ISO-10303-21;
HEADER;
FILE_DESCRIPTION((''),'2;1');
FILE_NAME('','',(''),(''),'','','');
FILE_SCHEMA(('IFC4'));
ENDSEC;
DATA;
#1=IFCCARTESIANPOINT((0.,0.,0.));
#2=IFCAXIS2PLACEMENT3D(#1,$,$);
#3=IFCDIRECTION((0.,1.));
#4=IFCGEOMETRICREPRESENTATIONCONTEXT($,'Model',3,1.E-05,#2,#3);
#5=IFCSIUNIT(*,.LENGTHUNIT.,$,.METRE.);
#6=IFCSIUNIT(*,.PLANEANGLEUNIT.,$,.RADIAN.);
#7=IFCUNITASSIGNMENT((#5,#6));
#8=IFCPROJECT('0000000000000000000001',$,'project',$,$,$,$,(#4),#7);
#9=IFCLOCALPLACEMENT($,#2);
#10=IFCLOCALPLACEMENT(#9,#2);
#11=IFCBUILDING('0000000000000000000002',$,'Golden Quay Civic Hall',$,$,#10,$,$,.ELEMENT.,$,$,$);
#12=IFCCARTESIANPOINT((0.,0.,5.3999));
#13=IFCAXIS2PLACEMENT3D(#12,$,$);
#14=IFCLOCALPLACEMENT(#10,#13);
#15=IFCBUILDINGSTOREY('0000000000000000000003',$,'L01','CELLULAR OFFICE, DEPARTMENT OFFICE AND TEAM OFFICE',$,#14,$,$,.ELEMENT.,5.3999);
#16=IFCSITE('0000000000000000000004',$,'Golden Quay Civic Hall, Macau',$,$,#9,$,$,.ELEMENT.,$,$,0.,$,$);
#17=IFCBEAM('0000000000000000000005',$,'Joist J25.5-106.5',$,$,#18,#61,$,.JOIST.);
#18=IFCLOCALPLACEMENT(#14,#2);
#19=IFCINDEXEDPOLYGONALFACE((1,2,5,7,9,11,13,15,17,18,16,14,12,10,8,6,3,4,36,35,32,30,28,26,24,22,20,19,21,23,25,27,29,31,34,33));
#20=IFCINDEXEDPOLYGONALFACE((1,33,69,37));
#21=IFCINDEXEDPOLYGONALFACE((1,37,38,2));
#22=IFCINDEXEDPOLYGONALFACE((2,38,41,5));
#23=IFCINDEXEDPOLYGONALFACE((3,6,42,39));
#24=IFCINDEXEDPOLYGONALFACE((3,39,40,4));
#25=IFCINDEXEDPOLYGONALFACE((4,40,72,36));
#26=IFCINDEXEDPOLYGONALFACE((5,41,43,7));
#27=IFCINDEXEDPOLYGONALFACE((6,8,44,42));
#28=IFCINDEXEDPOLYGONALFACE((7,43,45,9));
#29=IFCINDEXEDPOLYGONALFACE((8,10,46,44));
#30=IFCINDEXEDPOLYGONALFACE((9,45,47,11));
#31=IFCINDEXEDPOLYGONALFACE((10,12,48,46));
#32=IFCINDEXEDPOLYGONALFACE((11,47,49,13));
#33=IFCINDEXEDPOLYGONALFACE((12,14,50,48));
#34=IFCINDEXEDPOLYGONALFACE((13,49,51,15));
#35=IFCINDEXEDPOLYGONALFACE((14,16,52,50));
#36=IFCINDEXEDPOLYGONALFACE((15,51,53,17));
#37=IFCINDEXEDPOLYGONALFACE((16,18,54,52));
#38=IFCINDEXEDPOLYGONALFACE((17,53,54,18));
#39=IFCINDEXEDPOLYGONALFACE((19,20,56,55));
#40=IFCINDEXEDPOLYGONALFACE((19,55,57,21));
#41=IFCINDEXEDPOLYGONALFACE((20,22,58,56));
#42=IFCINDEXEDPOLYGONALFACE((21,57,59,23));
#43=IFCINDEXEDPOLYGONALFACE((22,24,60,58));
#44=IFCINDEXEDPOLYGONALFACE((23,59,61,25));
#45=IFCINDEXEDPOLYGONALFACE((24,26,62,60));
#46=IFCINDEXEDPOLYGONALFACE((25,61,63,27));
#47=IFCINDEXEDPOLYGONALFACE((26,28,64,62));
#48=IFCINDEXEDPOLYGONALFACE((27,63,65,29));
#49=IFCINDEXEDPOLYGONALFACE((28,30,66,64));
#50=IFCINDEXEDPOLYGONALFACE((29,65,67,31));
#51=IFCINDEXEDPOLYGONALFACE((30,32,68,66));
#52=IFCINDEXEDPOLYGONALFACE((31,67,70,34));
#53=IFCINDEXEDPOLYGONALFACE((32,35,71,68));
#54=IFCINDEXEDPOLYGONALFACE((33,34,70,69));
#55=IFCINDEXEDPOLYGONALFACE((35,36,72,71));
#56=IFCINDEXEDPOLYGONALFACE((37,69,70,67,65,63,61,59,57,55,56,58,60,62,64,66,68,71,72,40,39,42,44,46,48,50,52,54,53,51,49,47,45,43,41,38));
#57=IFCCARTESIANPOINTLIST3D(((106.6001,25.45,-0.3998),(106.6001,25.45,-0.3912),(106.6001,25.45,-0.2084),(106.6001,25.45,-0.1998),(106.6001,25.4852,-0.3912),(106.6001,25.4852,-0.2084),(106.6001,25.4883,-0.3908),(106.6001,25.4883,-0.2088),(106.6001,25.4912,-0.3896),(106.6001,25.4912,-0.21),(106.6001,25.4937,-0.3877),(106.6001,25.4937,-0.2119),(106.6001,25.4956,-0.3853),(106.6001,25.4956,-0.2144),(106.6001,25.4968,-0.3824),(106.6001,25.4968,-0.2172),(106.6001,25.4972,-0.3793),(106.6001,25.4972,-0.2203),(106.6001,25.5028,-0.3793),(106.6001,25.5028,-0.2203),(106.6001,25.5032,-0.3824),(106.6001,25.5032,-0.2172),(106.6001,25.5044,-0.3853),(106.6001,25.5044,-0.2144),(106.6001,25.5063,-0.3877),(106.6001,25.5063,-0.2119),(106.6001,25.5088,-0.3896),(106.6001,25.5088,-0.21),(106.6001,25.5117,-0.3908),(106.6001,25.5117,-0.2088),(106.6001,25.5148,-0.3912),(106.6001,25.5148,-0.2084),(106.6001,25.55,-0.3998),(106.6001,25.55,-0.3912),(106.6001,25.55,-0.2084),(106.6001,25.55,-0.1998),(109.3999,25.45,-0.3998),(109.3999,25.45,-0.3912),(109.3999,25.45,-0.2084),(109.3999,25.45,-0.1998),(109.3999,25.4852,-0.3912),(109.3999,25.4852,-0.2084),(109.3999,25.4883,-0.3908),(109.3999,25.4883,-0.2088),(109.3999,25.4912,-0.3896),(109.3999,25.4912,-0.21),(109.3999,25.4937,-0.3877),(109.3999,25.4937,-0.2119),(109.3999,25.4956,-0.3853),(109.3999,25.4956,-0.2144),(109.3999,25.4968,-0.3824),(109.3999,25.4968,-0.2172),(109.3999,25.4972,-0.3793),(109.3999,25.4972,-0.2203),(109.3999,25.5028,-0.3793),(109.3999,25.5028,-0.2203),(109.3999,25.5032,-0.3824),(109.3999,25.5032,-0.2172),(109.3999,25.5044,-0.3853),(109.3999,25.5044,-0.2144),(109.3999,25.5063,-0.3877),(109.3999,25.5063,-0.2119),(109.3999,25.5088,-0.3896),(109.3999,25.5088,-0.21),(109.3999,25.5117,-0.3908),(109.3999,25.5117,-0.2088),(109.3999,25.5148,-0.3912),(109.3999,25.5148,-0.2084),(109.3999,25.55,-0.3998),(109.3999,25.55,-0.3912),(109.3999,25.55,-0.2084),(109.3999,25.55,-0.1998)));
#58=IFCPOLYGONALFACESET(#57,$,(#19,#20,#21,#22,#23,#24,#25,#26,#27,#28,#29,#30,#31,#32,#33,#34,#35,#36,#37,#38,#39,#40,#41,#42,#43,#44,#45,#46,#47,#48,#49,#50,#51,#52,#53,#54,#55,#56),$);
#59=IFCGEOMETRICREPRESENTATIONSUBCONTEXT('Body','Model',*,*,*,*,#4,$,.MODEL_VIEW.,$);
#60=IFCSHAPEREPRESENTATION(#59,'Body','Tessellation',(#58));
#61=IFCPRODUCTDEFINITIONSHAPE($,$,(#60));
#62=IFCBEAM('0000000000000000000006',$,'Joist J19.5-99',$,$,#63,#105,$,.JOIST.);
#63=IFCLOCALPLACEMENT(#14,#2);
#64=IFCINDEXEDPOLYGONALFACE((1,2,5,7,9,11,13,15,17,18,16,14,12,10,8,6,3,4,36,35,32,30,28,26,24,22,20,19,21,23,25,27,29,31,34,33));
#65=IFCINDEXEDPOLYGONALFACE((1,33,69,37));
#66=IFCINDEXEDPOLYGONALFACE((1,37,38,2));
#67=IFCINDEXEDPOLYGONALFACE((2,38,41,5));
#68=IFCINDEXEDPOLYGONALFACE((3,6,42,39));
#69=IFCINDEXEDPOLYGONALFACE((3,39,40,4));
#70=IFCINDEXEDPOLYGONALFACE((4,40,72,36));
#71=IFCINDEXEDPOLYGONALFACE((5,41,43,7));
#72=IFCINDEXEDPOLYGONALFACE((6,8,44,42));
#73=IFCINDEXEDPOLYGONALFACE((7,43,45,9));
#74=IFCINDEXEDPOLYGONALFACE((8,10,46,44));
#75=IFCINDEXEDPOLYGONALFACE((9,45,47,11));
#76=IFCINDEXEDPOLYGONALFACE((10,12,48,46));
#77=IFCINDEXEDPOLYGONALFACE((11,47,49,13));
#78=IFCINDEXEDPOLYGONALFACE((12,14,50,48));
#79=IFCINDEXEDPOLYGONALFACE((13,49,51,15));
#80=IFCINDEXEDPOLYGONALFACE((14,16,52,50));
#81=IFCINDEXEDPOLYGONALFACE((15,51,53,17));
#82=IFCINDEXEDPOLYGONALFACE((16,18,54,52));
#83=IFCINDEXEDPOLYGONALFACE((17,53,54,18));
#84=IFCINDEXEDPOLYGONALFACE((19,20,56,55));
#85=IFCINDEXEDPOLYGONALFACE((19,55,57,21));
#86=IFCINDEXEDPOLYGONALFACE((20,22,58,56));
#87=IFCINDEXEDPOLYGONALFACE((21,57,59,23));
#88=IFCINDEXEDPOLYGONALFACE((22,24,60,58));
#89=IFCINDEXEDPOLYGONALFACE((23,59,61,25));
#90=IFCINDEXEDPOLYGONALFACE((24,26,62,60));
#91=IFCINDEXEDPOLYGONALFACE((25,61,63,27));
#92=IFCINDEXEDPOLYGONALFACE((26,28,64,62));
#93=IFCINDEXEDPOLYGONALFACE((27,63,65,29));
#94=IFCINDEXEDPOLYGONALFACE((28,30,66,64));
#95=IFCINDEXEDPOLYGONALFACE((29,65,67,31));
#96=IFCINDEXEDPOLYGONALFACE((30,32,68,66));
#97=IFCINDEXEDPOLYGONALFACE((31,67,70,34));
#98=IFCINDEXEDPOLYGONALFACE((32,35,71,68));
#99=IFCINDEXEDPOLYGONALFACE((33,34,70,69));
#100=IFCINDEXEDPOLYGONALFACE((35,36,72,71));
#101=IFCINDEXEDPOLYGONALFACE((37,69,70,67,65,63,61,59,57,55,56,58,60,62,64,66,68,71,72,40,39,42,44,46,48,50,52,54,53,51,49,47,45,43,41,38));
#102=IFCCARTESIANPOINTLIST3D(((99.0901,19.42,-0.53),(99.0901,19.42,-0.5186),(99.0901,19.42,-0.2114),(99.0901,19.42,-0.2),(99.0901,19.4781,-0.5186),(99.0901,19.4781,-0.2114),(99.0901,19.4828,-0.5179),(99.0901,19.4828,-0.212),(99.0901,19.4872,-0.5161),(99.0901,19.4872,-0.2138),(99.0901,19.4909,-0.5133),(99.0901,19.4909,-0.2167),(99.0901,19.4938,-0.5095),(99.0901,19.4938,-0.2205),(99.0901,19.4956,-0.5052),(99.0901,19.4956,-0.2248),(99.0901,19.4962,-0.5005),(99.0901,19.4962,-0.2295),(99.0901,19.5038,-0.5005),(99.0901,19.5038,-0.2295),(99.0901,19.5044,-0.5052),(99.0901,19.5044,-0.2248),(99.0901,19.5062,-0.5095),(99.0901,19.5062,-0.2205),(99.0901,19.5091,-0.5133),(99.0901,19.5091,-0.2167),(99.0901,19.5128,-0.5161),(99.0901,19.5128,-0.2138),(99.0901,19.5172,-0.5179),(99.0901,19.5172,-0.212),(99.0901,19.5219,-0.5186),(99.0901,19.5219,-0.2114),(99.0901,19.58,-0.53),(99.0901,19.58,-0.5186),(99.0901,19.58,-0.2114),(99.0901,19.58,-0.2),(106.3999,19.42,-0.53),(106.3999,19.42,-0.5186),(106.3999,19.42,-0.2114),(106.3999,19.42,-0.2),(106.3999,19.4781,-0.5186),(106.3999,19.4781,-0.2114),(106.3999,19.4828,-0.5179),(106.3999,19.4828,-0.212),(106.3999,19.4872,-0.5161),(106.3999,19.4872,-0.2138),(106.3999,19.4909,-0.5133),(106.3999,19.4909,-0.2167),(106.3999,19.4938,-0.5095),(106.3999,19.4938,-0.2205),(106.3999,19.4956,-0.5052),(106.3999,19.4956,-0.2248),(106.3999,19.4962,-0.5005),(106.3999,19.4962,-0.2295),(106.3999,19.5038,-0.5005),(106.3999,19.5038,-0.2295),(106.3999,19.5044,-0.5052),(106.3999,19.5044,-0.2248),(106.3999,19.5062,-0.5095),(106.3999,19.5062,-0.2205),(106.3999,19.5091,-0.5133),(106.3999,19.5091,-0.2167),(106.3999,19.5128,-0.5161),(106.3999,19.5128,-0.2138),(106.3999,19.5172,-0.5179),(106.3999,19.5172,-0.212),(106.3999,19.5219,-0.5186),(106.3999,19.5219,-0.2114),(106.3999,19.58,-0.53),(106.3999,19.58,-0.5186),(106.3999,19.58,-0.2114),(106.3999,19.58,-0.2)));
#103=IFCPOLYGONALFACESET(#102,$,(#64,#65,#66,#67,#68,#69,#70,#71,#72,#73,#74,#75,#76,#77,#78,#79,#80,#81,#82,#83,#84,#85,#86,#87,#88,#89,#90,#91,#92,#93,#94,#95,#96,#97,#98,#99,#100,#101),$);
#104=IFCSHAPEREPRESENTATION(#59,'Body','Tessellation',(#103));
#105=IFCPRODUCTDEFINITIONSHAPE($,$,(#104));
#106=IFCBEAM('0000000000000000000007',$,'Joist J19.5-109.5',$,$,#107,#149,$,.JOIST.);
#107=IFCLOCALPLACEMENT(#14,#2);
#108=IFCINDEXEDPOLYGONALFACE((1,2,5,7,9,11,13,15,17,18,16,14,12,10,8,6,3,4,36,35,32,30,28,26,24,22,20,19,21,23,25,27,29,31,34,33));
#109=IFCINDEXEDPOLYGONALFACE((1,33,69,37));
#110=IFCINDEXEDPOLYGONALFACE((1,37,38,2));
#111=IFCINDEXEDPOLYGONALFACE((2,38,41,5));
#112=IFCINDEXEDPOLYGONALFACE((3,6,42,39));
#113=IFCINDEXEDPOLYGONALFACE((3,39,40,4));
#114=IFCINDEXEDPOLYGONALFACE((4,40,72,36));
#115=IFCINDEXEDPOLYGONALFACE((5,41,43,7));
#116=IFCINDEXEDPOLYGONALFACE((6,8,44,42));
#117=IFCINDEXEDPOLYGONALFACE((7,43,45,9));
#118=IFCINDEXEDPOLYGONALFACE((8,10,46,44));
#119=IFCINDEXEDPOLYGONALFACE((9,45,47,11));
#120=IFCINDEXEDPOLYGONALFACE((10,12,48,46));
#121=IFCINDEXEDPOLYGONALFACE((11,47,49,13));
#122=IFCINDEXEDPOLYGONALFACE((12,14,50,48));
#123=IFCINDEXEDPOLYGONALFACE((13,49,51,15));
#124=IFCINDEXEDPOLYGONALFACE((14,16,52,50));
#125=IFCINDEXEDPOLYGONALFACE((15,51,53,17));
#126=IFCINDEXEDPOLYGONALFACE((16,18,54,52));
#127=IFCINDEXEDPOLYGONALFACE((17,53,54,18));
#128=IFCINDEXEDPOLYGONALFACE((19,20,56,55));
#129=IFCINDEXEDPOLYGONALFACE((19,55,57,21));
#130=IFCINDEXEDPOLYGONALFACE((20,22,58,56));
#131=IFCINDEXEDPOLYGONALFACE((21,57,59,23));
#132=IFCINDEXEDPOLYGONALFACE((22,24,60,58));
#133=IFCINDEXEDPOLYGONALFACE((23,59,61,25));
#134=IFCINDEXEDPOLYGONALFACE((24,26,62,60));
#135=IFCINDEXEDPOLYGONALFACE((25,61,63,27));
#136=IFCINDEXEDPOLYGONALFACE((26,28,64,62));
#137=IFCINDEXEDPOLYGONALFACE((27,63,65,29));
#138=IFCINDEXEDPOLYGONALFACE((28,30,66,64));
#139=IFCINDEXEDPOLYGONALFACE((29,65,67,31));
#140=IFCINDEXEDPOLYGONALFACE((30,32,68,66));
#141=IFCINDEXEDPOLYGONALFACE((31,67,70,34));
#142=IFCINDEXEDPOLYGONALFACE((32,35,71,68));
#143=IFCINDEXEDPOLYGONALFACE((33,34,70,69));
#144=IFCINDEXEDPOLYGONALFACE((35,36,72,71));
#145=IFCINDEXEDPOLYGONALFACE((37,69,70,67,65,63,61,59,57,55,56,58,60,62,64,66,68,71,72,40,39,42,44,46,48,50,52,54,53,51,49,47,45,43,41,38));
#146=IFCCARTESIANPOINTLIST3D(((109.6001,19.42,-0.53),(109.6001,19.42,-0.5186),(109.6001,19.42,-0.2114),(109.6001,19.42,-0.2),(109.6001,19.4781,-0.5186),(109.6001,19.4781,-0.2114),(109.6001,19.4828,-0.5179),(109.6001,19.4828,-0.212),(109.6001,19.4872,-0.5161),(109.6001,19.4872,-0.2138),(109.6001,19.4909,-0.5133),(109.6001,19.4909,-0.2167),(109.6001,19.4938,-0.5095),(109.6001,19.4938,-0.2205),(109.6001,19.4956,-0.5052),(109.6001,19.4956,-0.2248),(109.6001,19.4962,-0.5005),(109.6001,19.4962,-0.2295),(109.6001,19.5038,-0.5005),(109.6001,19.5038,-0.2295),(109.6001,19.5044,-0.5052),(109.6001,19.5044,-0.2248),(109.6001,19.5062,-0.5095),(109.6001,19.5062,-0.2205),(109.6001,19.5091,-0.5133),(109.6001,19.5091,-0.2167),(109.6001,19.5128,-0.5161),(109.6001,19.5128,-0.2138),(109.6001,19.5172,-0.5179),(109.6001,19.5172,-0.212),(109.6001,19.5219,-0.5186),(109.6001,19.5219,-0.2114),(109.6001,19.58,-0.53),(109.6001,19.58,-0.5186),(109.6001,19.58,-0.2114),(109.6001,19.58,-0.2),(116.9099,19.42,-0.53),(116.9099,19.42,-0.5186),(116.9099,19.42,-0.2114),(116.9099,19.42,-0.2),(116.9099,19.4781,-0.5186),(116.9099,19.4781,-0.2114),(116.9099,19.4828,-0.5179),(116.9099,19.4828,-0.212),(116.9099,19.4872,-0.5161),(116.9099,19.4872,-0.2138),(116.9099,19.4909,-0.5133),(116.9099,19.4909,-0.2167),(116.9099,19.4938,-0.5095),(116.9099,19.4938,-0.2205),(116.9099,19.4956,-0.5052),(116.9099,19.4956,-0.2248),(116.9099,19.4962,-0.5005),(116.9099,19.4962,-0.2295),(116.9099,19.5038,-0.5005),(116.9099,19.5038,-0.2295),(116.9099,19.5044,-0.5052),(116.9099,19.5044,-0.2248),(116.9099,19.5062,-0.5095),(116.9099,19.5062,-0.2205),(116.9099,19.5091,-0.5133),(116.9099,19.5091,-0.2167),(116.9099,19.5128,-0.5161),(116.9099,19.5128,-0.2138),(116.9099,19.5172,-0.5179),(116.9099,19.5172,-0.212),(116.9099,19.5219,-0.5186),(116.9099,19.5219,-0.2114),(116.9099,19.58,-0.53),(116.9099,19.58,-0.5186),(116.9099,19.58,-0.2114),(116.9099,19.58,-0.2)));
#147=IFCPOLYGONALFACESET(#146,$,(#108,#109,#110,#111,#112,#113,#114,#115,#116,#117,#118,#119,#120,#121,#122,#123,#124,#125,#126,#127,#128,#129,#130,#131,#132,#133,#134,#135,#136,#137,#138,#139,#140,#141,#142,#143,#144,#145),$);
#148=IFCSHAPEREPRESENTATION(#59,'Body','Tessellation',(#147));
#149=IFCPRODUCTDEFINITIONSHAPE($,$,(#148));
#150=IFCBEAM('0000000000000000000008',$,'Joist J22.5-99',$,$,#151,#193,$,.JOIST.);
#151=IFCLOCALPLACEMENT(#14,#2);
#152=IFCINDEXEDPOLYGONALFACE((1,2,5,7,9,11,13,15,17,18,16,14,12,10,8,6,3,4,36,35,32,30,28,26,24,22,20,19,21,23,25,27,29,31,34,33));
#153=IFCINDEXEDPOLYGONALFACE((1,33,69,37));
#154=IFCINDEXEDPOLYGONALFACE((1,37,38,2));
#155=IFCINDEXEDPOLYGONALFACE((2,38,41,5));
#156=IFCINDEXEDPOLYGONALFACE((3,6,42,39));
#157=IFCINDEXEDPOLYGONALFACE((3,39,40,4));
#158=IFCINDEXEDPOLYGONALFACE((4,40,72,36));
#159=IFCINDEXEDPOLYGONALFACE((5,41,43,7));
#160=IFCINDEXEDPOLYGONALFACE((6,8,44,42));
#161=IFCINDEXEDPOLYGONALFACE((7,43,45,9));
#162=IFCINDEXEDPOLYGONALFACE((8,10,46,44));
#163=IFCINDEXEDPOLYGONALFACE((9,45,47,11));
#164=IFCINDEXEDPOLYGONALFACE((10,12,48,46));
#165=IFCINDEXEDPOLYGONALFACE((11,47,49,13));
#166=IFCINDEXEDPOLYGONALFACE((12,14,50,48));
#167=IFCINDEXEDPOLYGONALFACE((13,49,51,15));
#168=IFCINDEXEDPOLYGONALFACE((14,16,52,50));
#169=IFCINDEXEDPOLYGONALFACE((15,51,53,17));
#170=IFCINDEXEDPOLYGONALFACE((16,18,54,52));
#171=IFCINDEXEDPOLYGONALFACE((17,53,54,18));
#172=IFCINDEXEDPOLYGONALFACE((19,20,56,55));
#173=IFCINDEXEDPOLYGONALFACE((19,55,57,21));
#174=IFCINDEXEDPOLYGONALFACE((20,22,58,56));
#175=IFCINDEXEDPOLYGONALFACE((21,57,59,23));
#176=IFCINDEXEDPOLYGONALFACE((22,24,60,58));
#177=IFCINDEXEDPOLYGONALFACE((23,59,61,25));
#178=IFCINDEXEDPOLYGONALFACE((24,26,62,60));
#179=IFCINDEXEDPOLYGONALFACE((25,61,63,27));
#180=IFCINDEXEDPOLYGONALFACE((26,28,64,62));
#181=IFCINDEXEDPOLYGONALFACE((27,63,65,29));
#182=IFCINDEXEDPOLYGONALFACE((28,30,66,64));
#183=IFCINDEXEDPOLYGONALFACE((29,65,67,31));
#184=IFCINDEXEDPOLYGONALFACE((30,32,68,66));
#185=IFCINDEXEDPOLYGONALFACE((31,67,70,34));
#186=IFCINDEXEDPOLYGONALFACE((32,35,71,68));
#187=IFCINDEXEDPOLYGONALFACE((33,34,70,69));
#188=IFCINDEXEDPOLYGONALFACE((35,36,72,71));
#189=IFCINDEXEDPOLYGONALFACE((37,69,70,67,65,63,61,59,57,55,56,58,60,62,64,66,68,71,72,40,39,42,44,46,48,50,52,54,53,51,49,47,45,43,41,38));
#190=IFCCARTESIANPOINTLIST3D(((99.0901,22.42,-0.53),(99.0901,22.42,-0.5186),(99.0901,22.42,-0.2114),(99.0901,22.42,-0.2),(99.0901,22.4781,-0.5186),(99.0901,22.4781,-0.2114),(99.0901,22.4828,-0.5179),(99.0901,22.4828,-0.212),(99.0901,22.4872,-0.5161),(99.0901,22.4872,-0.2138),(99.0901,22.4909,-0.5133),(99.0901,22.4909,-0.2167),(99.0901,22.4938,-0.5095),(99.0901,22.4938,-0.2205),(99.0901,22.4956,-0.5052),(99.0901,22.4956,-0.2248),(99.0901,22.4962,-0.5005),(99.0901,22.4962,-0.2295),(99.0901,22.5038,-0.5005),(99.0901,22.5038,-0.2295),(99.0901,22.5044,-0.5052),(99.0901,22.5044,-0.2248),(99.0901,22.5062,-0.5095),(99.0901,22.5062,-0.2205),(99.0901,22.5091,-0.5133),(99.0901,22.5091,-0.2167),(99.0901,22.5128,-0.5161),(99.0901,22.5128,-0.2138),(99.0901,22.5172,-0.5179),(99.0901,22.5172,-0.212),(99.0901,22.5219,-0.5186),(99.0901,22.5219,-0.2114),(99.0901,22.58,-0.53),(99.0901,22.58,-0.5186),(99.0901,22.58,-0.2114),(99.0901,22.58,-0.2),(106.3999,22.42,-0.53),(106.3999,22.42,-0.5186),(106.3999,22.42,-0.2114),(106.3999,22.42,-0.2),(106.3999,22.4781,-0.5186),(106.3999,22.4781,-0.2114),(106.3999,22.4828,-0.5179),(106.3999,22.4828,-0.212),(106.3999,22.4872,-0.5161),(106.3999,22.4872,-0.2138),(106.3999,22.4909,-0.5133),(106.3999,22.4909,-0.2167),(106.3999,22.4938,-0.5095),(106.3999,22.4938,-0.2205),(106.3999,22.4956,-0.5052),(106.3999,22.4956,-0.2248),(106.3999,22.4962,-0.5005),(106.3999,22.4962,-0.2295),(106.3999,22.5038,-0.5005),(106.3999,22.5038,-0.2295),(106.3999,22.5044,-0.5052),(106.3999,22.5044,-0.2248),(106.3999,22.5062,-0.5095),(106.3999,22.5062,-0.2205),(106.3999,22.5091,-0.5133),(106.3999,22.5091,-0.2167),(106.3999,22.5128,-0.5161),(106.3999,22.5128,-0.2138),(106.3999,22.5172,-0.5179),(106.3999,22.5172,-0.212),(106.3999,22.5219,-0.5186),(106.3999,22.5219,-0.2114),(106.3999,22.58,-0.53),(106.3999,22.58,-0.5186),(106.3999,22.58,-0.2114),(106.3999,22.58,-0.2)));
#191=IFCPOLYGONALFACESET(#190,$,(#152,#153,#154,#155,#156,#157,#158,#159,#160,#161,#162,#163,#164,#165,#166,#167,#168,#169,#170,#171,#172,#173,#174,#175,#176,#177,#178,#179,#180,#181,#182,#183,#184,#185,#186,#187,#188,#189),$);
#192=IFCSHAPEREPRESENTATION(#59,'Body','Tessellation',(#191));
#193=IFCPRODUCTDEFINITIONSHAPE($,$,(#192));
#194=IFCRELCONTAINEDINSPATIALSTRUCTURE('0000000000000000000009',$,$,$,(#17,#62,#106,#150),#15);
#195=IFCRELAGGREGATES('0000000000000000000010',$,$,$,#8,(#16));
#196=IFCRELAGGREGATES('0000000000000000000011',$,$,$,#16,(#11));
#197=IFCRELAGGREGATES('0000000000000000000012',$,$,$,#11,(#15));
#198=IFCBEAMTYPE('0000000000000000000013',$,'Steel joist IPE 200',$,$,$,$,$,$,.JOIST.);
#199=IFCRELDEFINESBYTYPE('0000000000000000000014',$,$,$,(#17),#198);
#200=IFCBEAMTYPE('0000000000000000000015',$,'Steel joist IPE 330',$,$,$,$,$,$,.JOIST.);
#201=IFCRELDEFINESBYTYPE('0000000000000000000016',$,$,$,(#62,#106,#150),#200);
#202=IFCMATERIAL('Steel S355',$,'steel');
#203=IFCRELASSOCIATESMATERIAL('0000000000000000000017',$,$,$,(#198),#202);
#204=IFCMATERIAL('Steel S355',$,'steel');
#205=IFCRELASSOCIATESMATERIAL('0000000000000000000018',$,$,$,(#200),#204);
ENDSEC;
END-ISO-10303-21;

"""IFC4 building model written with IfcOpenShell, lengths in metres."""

from ifc_helpers import new_model, si_unit, direction, frame, origin, origin_2d, place, context, subcontext, project, spatial, i_section, extrude, material, material_profile, profile_set, type_object, element, save


model = new_model("IFC4")

# Units and contexts
model_context = context("Model", 3, precision=1e-05, world=origin(), true_north=direction((0.0, 1.0)))
body_context = subcontext(model_context, "Body", "Model", "MODEL_VIEW")
ifc_project = project(units=[si_unit("LENGTHUNIT", "METRE"), si_unit("PLANEANGLEUNIT", "RADIAN")], contexts=[model_context])

# Site, building, storey
site_placement = place(None, origin())
site = spatial("IfcSite", under=ifc_project, at=site_placement, Name="Golden Quay Civic Hall, Macau", CompositionType="ELEMENT", RefElevation=0.0)
building_placement = place(site_placement, origin())
building = spatial("IfcBuilding", under=site, at=building_placement, Name="Golden Quay Civic Hall", CompositionType="ELEMENT")
storey_placement = place(building_placement, frame((0.0, 0.0, 5.3999)))
storey = spatial("IfcBuildingStorey", under=building, at=storey_placement, Name="L01", Description="CELLULAR OFFICE, DEPARTMENT OFFICE AND TEAM OFFICE", CompositionType="ELEMENT", Elevation=5.3999)

# Beams
ifc_material_1 = material(Name="Steel S355", Category="steel")
ifc_material_profile_1 = material_profile(ifc_material_1, i_section(OverallWidth=0.1001, OverallDepth=0.2, WebThickness=0.0056, FlangeThickness=0.0085, FilletRadius=0.012, at=origin_2d()), Name="IPE 200")
ifc_profile_set_1 = profile_set([ifc_material_profile_1], Name="Steel S355")
beam_type_1 = type_object("IfcBeamType", Name="Steel joist IPE 200", PredefinedType="JOIST", material=ifc_profile_set_1)
for number, where, z_axis, x_axis, name in (
    (1, (106.6001, 25.5, -0.2998), (1.0, 0.0, 0.0), (0.0, 1.0, 0.0), "Joist J25.5-106.5"),
):
    element("IfcBeam", number, at=place(storey_placement, frame(where, z_axis=z_axis, x_axis=x_axis)), inside=storey, type_object=beam_type_1, Name=name, PredefinedType="JOIST", context=body_context, shape_type="SweptSolid", body=[
        extrude(i_section(OverallWidth=0.1001, OverallDepth=0.2, WebThickness=0.0056, FlangeThickness=0.0085, FilletRadius=0.012, at=origin_2d()), origin(), (0.0, 0.0, 1.0), 2.7998),
    ])
ifc_material_2 = material(Name="Steel S355", Category="steel")
ifc_material_profile_2 = material_profile(ifc_material_2, i_section(OverallWidth=0.1599, OverallDepth=0.3301, WebThickness=0.0076, FlangeThickness=0.0115, FilletRadius=0.0181, at=origin_2d()), Name="IPE 330")
ifc_profile_set_2 = profile_set([ifc_material_profile_2], Name="Steel S355")
beam_type_2 = type_object("IfcBeamType", Name="Steel joist IPE 330", PredefinedType="JOIST", material=ifc_profile_set_2)
for number, where, z_axis, x_axis, name in (
    (2, (99.0901, 19.5, -0.365), (1.0, 0.0, 0.0), (0.0, 1.0, 0.0), "Joist J19.5-99"),
    (3, (109.6001, 19.5, -0.365), (1.0, 0.0, 0.0), (0.0, 1.0, 0.0), "Joist J19.5-109.5"),
    (4, (99.0901, 22.5, -0.365), (1.0, 0.0, 0.0), (0.0, 1.0, 0.0), "Joist J22.5-99"),
):
    element("IfcBeam", number, at=place(storey_placement, frame(where, z_axis=z_axis, x_axis=x_axis)), inside=storey, type_object=beam_type_2, Name=name, PredefinedType="JOIST", context=body_context, shape_type="SweptSolid", body=[
        extrude(i_section(OverallWidth=0.1599, OverallDepth=0.3301, WebThickness=0.0076, FlangeThickness=0.0115, FilletRadius=0.0181, at=origin_2d()), origin(), (0.0, 0.0, 1.0), 7.3098),
    ])

save(model, "model.ifc")
